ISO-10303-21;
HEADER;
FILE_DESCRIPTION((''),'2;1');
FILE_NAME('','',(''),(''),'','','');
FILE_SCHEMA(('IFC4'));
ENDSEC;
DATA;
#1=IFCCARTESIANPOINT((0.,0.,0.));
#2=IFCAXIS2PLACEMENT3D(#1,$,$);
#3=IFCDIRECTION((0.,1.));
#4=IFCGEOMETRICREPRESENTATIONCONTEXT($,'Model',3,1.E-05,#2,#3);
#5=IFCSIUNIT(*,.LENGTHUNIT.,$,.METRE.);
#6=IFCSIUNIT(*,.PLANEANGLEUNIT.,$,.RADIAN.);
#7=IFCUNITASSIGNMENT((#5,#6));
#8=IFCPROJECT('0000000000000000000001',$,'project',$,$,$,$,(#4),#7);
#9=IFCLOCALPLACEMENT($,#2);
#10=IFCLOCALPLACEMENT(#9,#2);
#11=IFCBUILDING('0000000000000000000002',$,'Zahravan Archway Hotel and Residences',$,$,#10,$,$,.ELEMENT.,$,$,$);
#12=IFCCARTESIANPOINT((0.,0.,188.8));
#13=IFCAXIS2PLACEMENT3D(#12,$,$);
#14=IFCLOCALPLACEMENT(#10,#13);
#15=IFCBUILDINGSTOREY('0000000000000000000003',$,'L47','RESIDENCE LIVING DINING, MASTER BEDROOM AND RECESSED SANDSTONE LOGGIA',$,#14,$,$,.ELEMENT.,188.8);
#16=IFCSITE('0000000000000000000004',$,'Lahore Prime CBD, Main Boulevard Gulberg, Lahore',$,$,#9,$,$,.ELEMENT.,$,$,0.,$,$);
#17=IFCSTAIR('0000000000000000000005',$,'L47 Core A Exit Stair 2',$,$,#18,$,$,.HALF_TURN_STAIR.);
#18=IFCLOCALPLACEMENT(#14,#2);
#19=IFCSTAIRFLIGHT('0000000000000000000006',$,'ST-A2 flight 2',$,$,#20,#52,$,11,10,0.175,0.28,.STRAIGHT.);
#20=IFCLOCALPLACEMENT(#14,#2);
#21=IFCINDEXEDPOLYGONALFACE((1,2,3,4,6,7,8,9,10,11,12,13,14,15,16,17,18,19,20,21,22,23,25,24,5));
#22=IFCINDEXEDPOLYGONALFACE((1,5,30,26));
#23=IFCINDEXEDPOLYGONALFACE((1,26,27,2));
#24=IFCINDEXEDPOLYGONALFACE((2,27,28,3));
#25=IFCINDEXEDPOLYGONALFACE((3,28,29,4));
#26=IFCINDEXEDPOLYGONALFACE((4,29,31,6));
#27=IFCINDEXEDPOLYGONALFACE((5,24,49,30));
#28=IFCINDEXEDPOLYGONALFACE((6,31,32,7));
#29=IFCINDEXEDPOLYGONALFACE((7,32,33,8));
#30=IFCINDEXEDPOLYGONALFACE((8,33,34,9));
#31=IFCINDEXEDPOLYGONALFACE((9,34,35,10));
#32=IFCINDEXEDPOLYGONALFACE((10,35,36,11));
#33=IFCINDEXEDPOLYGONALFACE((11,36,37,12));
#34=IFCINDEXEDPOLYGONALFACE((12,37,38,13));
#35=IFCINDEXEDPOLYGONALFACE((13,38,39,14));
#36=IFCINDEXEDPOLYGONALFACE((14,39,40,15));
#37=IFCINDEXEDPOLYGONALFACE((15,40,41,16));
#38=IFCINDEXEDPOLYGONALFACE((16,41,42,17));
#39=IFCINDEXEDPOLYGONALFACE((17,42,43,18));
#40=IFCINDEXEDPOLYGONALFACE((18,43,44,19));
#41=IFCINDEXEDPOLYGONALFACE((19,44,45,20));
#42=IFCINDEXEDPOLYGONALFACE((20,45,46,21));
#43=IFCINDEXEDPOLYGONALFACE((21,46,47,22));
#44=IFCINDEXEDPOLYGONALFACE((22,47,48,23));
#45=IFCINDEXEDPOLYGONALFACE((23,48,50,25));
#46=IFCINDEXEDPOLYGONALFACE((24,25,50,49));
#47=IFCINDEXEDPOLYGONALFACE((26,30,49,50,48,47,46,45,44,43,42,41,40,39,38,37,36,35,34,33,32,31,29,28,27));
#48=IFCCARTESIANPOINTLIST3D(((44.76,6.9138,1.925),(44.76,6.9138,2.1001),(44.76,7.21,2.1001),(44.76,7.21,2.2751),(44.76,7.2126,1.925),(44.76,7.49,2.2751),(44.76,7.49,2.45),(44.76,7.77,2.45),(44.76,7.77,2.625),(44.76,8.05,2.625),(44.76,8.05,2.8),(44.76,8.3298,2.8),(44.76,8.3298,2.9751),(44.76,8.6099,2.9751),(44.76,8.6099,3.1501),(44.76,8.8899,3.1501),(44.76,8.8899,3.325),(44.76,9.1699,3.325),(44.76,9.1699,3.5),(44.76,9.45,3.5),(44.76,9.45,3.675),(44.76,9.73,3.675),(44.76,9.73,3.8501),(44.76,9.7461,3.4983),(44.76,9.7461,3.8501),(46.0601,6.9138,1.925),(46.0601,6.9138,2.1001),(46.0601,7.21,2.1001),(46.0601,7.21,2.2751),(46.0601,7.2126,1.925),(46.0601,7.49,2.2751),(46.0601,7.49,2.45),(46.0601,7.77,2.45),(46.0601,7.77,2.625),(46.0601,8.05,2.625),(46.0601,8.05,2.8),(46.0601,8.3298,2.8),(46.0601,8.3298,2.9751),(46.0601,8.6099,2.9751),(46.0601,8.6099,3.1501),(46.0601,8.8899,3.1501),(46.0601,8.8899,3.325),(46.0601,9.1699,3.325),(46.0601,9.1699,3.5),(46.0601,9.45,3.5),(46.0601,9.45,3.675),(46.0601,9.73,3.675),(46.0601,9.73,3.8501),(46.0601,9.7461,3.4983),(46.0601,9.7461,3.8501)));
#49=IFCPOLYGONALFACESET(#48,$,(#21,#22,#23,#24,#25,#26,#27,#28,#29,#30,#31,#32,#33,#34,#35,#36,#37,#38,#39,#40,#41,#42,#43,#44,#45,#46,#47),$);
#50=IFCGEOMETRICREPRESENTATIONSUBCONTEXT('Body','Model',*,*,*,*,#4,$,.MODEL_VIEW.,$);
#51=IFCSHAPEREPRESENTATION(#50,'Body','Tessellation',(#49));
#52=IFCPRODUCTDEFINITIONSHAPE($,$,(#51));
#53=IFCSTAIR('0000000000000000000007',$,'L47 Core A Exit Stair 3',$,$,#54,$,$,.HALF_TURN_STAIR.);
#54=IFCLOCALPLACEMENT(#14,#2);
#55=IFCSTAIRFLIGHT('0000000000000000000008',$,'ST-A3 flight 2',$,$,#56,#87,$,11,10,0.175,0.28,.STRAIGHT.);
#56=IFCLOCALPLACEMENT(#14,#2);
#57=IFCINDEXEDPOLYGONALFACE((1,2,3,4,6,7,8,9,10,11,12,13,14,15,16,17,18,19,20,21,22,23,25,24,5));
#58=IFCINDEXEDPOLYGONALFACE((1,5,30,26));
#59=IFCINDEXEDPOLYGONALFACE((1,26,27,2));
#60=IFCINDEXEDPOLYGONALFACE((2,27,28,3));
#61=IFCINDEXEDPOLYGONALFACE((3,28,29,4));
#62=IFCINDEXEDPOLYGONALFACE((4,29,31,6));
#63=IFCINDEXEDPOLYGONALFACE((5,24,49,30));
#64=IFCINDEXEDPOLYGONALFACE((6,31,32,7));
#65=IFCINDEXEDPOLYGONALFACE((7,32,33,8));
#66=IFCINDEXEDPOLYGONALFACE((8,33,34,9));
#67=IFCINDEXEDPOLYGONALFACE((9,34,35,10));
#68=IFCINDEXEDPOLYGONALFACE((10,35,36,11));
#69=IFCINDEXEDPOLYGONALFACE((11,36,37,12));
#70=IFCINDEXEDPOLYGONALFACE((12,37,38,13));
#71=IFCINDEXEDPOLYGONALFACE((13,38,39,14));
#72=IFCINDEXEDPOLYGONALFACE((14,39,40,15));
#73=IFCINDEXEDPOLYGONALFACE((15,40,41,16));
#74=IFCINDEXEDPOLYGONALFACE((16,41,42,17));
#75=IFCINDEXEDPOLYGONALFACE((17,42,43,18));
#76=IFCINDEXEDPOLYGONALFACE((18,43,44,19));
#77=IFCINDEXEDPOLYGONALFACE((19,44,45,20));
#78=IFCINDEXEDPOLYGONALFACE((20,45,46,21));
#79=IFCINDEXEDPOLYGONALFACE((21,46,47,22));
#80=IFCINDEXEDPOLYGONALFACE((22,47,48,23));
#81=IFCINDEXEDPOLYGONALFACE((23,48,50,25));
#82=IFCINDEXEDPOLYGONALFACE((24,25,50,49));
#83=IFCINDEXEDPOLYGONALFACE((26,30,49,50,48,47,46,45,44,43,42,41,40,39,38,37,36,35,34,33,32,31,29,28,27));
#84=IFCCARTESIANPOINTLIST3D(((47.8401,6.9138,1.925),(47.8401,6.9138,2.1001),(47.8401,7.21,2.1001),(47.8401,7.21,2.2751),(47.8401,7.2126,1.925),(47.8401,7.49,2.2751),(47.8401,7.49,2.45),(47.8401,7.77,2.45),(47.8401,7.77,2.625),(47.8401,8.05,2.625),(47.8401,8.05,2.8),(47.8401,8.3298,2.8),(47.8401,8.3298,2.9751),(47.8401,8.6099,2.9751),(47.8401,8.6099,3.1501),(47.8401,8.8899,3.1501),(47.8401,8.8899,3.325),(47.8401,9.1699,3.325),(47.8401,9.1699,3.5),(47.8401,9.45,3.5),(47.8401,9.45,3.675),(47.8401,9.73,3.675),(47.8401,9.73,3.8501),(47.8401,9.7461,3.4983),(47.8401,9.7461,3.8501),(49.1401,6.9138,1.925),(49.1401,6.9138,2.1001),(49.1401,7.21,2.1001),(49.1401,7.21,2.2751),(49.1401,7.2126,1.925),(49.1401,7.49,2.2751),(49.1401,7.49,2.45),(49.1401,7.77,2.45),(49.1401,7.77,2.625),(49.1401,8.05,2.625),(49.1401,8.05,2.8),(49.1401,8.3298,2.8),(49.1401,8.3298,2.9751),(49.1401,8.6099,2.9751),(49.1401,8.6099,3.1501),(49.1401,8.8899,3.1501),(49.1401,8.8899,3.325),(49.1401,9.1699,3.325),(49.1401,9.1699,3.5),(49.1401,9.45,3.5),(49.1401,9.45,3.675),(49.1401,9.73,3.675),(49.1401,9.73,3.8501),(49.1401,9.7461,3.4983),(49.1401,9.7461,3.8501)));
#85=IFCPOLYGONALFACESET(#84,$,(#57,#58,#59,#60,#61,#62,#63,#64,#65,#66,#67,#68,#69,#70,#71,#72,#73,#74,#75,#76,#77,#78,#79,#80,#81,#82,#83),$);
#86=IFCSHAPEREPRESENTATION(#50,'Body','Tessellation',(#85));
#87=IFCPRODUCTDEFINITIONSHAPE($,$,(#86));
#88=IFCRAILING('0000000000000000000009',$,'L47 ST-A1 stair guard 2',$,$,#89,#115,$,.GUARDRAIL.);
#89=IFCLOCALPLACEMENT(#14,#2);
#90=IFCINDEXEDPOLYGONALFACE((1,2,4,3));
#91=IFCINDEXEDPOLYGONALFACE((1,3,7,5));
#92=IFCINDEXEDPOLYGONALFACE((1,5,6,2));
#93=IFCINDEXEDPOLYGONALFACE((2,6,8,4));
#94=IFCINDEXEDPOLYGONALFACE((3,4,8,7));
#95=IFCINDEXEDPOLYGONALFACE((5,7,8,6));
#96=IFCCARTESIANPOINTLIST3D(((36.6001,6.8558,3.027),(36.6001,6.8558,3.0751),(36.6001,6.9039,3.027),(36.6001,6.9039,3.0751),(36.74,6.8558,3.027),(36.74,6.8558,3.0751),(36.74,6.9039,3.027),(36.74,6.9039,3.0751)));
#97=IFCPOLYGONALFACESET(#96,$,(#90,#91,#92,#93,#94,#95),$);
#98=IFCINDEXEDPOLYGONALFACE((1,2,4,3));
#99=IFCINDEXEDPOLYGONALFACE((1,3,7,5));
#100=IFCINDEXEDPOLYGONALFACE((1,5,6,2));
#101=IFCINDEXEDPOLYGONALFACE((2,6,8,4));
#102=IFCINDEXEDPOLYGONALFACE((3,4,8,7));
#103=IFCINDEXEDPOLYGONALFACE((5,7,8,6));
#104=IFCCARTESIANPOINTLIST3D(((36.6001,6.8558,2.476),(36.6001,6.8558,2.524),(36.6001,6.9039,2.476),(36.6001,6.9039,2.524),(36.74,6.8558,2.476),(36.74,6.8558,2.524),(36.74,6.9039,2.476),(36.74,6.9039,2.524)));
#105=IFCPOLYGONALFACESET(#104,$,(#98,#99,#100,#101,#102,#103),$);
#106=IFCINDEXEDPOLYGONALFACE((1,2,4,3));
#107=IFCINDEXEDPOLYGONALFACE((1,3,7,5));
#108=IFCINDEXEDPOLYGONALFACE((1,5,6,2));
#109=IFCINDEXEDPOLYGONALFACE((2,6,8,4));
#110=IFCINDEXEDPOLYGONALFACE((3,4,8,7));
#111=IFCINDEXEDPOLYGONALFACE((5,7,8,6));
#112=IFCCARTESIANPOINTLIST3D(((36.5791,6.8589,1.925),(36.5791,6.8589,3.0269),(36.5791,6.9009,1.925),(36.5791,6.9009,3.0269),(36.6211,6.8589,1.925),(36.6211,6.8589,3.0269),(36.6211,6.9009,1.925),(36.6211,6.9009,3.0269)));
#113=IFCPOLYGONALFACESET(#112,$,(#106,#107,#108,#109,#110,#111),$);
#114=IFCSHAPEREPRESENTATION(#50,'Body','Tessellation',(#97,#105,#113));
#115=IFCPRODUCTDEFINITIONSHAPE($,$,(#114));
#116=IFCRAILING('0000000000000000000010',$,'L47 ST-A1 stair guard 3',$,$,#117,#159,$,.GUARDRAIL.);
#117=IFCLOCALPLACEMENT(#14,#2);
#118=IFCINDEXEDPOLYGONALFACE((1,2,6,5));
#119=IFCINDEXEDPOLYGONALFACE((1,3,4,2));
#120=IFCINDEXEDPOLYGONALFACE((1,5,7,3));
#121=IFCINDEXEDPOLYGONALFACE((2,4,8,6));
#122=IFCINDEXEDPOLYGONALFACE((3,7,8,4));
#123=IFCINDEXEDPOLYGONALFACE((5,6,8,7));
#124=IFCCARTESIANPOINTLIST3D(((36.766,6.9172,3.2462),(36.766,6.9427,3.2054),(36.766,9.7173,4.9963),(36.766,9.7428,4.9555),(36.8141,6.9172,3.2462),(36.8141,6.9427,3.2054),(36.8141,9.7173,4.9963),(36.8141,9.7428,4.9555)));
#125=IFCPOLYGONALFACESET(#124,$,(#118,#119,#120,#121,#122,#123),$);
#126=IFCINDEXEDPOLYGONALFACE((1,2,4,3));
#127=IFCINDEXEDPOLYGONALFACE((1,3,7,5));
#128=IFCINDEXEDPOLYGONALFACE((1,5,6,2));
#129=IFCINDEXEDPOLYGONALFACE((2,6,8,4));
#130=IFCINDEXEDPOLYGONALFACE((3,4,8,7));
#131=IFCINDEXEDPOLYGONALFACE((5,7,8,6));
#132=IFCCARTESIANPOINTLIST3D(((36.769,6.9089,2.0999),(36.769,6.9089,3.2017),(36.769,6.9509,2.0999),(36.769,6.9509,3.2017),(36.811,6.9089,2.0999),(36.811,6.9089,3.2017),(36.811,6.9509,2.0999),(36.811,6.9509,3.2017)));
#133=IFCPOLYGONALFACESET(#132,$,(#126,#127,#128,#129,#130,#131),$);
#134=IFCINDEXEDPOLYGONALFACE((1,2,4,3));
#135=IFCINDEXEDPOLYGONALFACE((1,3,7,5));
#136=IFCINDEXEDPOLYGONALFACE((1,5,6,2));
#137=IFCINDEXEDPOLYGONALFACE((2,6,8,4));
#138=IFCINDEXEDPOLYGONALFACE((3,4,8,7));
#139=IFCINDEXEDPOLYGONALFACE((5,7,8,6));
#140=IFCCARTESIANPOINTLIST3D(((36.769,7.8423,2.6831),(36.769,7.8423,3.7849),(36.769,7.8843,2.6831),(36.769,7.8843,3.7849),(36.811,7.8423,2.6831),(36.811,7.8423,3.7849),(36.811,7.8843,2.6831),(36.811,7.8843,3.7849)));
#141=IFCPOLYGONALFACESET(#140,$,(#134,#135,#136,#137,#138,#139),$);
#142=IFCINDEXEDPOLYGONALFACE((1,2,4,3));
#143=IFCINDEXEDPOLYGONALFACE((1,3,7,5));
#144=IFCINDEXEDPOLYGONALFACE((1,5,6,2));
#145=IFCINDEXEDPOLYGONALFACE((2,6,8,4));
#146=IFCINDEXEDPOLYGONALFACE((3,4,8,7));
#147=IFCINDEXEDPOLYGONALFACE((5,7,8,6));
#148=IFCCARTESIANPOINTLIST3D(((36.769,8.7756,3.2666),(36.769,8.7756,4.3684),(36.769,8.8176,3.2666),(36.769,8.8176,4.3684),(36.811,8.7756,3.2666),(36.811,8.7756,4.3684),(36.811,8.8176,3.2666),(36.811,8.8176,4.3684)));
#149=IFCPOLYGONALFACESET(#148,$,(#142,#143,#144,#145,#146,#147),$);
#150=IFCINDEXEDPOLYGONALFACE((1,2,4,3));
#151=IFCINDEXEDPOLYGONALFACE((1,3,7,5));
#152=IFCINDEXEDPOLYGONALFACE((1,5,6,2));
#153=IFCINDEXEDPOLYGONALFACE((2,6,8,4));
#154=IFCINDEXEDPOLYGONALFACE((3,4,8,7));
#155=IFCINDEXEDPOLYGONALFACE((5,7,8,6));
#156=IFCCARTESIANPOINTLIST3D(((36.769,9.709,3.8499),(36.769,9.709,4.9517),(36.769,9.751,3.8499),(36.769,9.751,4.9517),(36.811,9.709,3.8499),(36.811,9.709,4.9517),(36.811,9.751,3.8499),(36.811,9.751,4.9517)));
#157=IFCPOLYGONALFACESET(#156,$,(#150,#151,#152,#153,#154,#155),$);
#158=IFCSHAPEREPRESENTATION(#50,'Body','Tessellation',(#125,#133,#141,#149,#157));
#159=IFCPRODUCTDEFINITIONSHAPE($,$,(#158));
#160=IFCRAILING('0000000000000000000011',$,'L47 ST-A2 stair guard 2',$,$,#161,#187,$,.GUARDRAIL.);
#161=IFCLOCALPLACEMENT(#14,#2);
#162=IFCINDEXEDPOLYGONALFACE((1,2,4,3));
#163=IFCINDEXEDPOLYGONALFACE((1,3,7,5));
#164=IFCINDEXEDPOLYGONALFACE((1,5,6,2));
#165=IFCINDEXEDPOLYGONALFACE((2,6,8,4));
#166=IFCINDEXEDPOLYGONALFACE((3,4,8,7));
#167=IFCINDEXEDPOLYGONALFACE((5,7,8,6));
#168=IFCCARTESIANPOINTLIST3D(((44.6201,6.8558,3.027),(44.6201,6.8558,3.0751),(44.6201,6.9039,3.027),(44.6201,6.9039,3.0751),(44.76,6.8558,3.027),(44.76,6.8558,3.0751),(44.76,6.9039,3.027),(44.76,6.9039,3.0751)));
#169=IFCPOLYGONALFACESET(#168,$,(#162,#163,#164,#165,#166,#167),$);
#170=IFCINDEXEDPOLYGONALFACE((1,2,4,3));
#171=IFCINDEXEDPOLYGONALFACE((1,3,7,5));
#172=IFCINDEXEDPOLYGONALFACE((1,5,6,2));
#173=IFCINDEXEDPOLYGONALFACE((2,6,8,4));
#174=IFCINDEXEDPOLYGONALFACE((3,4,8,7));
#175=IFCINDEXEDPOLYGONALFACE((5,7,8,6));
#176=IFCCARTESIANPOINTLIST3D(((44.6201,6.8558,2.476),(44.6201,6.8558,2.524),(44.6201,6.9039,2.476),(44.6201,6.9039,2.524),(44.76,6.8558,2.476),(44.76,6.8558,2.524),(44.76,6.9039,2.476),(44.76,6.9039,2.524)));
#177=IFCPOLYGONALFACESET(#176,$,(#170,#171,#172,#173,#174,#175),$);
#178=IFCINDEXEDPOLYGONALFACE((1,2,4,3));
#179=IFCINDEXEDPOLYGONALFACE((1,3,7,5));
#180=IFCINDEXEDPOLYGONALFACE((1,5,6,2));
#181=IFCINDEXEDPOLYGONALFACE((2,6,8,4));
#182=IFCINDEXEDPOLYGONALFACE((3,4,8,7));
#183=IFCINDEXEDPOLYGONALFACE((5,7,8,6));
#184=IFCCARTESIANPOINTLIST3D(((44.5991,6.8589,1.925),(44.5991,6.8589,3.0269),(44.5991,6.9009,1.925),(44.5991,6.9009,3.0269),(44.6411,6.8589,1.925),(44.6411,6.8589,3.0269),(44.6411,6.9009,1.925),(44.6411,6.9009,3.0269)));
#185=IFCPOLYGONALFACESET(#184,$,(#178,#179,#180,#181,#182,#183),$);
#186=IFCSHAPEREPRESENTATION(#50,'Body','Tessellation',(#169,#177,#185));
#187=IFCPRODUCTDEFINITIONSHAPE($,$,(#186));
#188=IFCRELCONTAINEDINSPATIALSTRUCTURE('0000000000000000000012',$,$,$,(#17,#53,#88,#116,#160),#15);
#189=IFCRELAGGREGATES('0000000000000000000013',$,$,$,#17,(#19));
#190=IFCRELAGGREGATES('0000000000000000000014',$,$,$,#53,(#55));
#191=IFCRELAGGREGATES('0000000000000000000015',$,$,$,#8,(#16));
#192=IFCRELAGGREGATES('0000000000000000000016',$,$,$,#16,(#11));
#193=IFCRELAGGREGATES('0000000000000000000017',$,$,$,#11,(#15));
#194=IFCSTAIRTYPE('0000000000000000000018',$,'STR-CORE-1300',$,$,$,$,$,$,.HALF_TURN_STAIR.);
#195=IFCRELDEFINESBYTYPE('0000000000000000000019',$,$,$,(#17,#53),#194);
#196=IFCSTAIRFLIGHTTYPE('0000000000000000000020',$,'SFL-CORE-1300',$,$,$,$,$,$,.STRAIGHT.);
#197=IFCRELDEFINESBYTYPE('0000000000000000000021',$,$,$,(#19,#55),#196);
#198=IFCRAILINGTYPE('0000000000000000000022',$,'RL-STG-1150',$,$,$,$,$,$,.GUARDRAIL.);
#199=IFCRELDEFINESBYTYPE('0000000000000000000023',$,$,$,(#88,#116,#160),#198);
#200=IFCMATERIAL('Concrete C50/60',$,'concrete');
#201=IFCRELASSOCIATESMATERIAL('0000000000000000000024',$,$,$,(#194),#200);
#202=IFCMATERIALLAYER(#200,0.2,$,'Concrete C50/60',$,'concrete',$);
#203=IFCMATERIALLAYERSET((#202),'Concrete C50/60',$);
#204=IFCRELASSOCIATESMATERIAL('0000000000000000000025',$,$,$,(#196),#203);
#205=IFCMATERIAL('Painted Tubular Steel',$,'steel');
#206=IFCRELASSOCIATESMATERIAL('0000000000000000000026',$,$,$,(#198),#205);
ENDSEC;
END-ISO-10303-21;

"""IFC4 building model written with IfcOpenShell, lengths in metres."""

from ifc_helpers import new_model, si_unit, direction, frame, origin, origin_2d, place, context, subcontext, project, spatial, polyline, rectangle, outline, extrude, source, transform, mapped, material, layer, layer_set, type_object, element, aggregate, save


model = new_model("IFC4")

# Units and contexts
model_context = context("Model", 3, precision=1e-05, world=origin(), true_north=direction((0.0, 1.0)))
body_context = subcontext(model_context, "Body", "Model", "MODEL_VIEW")
ifc_project = project(units=[si_unit("LENGTHUNIT", "METRE"), si_unit("PLANEANGLEUNIT", "RADIAN")], contexts=[model_context])

# Site, building, storey
site_placement = place(None, origin())
site = spatial("IfcSite", under=ifc_project, at=site_placement, Name="Lahore Prime CBD, Main Boulevard Gulberg, Lahore", CompositionType="ELEMENT", RefElevation=0.0)
building_placement = place(site_placement, origin())
building = spatial("IfcBuilding", under=site, at=building_placement, Name="Zahravan Archway Hotel and Residences", CompositionType="ELEMENT")
storey_placement = place(building_placement, frame((0.0, 0.0, 188.8)))
storey = spatial("IfcBuildingStorey", under=building, at=storey_placement, Name="L47", Description="RESIDENCE LIVING DINING, MASTER BEDROOM AND RECESSED SANDSTONE LOGGIA", CompositionType="ELEMENT", Elevation=188.8)

# Shared definitions
ifc_material_1 = material(Name="Concrete C50/60", Category="concrete")

# Stairs, stair flights
stair_type = type_object("IfcStairType", Name="STR-CORE-1300", PredefinedType="HALF_TURN_STAIR", material=ifc_material_1)
ifc_layer_1 = layer(ifc_material_1, 0.2, Name="Concrete C50/60", Category="concrete")
ifc_layer_set_1 = layer_set([ifc_layer_1], Name="Concrete C50/60")
stair_flight_type = type_object("IfcStairFlightType", Name="SFL-CORE-1300", PredefinedType="STRAIGHT", material=ifc_layer_set_1)
shared_shape_1 = source(origin(), body_context, "Body", "SweptSolid", [
    extrude(outline(polyline([(-0.0161, 0.0), (-0.0161, 0.175), (0.28, 0.175), (0.28, 0.3501), (0.5601, 0.3501), (0.5601, 0.5249), (0.8401, 0.5249), (0.8401, 0.7), (1.1201, 0.7), (1.1201, 0.875), (1.3999, 0.875), (1.3999, 1.05), (1.6799, 1.05), (1.6799, 1.2251), (1.96, 1.2251), (1.96, 1.3999), (2.24, 1.3999), (2.24, 1.575), (2.52, 1.575), (2.52, 1.75), (2.8, 1.75), (2.8, 1.925), (2.8162, 1.925), (2.8162, 1.5732), (0.2827, 0.0), (-0.0161, 0.0)])), frame((0.0, 0.6499, 0.0), z_axis=(0.0, -1.0, 0.0), x_axis=(1.0, 0.0, 0.0)), (0.0, 0.0, 1.0), 1.3),
])
stair_1_placement = place(storey_placement, origin())
stair_1 = element("IfcStair", 1, at=stair_1_placement, inside=storey, type_object=stair_type, Name="L47 Core A Exit Stair 2", PredefinedType="HALF_TURN_STAIR")
stair_flight_1_placement = place(storey_placement, frame((45.4099, 6.9299, 1.925), z_axis=(0.0, 0.0, 1.0), x_axis=(0.0, 1.0, 0.0)))
stair_flight_1 = element("IfcStairFlight", 2, at=stair_flight_1_placement, type_object=stair_flight_type, Name="ST-A2 flight 2", NumberOfRisers=11, NumberOfTreads=10, PredefinedType="STRAIGHT", RiserHeight=0.175, TreadLength=0.28, context=body_context, shape_type="MappedRepresentation", body=[
    mapped(shared_shape_1, transform((0.0, 0.0, 0.0), scale=1.0)),
])
aggregate(stair_1, [stair_flight_1])
stair_2_placement = place(storey_placement, origin())
stair_2 = element("IfcStair", 3, at=stair_2_placement, inside=storey, type_object=stair_type, Name="L47 Core A Exit Stair 3", PredefinedType="HALF_TURN_STAIR")
stair_flight_2_placement = place(storey_placement, frame((48.49, 6.9299, 1.925), z_axis=(0.0, 0.0, 1.0), x_axis=(0.0, 1.0, 0.0)))
stair_flight_2 = element("IfcStairFlight", 4, at=stair_flight_2_placement, type_object=stair_flight_type, Name="ST-A3 flight 2", NumberOfRisers=11, NumberOfTreads=10, PredefinedType="STRAIGHT", RiserHeight=0.175, TreadLength=0.28, context=body_context, shape_type="MappedRepresentation", body=[
    mapped(shared_shape_1, transform((0.0, 0.0, 0.0), scale=1.0)),
])
aggregate(stair_2, [stair_flight_2])

# Railings
ifc_material_2 = material(Name="Painted Tubular Steel", Category="steel")
railing_type_1 = type_object("IfcRailingType", Name="RL-STG-1150", PredefinedType="GUARDRAIL", material=ifc_material_2)
railing_1_placement = place(storey_placement, frame((36.6001, 6.8799, 1.925)))
element("IfcRailing", 5, at=railing_1_placement, inside=storey, type_object=railing_type_1, Name="L47 ST-A1 stair guard 2", PredefinedType="GUARDRAIL", context=body_context, shape_type="SweptSolid", body=[
    extrude(rectangle(XDim=0.0481, YDim=0.0481, at=origin_2d()), frame((0.0, 0.0, 1.126), z_axis=(1.0, 0.0, 0.0), x_axis=(0.0, 1.0, 0.0)), (0.0, 0.0, 1.0), 0.1399),
    extrude(rectangle(XDim=0.0481, YDim=0.0481, at=origin_2d()), frame((0.0, 0.0, 0.575), z_axis=(1.0, 0.0, 0.0), x_axis=(0.0, 1.0, 0.0)), (0.0, 0.0, 1.0), 0.1399),
    extrude(rectangle(XDim=0.042, YDim=0.042, at=origin_2d()), origin(), (0.0, 0.0, 1.0), 1.1018),
])
railing_2_placement = place(storey_placement, frame((36.79, 6.9299, 2.0999)))
element("IfcRailing", 6, at=railing_2_placement, inside=storey, type_object=railing_type_1, Name="L47 ST-A1 stair guard 3", PredefinedType="GUARDRAIL", context=body_context, shape_type="SweptSolid", body=[
    extrude(rectangle(XDim=0.0481, YDim=0.0481, at=origin_2d()), frame((0.0, 0.0, 1.126), z_axis=(0.0, 0.848002, 0.529992), x_axis=(-1.0, 0.0, 0.0)), (0.0, 0.0, 1.0), 3.302),
    extrude(rectangle(XDim=0.042, YDim=0.042, at=origin_2d()), origin(), (0.0, 0.0, 1.0), 1.1018),
    extrude(rectangle(XDim=0.042, YDim=0.042, at=origin_2d()), frame((0.0, 0.9333, 0.5833)), (0.0, 0.0, 1.0), 1.1018),
    extrude(rectangle(XDim=0.042, YDim=0.042, at=origin_2d()), frame((0.0, 1.8667, 1.1667)), (0.0, 0.0, 1.0), 1.1018),
    extrude(rectangle(XDim=0.042, YDim=0.042, at=origin_2d()), frame((0.0, 2.8, 1.75)), (0.0, 0.0, 1.0), 1.1018),
])
railing_3_placement = place(storey_placement, frame((44.6201, 6.8799, 1.925)))
element("IfcRailing", 7, at=railing_3_placement, inside=storey, type_object=railing_type_1, Name="L47 ST-A2 stair guard 2", PredefinedType="GUARDRAIL", context=body_context, shape_type="SweptSolid", body=[
    extrude(rectangle(XDim=0.0481, YDim=0.0481, at=origin_2d()), frame((0.0, 0.0, 1.126), z_axis=(1.0, 0.0, 0.0), x_axis=(0.0, 1.0, 0.0)), (0.0, 0.0, 1.0), 0.1399),
    extrude(rectangle(XDim=0.0481, YDim=0.0481, at=origin_2d()), frame((0.0, 0.0, 0.575), z_axis=(1.0, 0.0, 0.0), x_axis=(0.0, 1.0, 0.0)), (0.0, 0.0, 1.0), 0.1399),
    extrude(rectangle(XDim=0.042, YDim=0.042, at=origin_2d()), origin(), (0.0, 0.0, 1.0), 1.1018),
])

save(model, "model.ifc")
